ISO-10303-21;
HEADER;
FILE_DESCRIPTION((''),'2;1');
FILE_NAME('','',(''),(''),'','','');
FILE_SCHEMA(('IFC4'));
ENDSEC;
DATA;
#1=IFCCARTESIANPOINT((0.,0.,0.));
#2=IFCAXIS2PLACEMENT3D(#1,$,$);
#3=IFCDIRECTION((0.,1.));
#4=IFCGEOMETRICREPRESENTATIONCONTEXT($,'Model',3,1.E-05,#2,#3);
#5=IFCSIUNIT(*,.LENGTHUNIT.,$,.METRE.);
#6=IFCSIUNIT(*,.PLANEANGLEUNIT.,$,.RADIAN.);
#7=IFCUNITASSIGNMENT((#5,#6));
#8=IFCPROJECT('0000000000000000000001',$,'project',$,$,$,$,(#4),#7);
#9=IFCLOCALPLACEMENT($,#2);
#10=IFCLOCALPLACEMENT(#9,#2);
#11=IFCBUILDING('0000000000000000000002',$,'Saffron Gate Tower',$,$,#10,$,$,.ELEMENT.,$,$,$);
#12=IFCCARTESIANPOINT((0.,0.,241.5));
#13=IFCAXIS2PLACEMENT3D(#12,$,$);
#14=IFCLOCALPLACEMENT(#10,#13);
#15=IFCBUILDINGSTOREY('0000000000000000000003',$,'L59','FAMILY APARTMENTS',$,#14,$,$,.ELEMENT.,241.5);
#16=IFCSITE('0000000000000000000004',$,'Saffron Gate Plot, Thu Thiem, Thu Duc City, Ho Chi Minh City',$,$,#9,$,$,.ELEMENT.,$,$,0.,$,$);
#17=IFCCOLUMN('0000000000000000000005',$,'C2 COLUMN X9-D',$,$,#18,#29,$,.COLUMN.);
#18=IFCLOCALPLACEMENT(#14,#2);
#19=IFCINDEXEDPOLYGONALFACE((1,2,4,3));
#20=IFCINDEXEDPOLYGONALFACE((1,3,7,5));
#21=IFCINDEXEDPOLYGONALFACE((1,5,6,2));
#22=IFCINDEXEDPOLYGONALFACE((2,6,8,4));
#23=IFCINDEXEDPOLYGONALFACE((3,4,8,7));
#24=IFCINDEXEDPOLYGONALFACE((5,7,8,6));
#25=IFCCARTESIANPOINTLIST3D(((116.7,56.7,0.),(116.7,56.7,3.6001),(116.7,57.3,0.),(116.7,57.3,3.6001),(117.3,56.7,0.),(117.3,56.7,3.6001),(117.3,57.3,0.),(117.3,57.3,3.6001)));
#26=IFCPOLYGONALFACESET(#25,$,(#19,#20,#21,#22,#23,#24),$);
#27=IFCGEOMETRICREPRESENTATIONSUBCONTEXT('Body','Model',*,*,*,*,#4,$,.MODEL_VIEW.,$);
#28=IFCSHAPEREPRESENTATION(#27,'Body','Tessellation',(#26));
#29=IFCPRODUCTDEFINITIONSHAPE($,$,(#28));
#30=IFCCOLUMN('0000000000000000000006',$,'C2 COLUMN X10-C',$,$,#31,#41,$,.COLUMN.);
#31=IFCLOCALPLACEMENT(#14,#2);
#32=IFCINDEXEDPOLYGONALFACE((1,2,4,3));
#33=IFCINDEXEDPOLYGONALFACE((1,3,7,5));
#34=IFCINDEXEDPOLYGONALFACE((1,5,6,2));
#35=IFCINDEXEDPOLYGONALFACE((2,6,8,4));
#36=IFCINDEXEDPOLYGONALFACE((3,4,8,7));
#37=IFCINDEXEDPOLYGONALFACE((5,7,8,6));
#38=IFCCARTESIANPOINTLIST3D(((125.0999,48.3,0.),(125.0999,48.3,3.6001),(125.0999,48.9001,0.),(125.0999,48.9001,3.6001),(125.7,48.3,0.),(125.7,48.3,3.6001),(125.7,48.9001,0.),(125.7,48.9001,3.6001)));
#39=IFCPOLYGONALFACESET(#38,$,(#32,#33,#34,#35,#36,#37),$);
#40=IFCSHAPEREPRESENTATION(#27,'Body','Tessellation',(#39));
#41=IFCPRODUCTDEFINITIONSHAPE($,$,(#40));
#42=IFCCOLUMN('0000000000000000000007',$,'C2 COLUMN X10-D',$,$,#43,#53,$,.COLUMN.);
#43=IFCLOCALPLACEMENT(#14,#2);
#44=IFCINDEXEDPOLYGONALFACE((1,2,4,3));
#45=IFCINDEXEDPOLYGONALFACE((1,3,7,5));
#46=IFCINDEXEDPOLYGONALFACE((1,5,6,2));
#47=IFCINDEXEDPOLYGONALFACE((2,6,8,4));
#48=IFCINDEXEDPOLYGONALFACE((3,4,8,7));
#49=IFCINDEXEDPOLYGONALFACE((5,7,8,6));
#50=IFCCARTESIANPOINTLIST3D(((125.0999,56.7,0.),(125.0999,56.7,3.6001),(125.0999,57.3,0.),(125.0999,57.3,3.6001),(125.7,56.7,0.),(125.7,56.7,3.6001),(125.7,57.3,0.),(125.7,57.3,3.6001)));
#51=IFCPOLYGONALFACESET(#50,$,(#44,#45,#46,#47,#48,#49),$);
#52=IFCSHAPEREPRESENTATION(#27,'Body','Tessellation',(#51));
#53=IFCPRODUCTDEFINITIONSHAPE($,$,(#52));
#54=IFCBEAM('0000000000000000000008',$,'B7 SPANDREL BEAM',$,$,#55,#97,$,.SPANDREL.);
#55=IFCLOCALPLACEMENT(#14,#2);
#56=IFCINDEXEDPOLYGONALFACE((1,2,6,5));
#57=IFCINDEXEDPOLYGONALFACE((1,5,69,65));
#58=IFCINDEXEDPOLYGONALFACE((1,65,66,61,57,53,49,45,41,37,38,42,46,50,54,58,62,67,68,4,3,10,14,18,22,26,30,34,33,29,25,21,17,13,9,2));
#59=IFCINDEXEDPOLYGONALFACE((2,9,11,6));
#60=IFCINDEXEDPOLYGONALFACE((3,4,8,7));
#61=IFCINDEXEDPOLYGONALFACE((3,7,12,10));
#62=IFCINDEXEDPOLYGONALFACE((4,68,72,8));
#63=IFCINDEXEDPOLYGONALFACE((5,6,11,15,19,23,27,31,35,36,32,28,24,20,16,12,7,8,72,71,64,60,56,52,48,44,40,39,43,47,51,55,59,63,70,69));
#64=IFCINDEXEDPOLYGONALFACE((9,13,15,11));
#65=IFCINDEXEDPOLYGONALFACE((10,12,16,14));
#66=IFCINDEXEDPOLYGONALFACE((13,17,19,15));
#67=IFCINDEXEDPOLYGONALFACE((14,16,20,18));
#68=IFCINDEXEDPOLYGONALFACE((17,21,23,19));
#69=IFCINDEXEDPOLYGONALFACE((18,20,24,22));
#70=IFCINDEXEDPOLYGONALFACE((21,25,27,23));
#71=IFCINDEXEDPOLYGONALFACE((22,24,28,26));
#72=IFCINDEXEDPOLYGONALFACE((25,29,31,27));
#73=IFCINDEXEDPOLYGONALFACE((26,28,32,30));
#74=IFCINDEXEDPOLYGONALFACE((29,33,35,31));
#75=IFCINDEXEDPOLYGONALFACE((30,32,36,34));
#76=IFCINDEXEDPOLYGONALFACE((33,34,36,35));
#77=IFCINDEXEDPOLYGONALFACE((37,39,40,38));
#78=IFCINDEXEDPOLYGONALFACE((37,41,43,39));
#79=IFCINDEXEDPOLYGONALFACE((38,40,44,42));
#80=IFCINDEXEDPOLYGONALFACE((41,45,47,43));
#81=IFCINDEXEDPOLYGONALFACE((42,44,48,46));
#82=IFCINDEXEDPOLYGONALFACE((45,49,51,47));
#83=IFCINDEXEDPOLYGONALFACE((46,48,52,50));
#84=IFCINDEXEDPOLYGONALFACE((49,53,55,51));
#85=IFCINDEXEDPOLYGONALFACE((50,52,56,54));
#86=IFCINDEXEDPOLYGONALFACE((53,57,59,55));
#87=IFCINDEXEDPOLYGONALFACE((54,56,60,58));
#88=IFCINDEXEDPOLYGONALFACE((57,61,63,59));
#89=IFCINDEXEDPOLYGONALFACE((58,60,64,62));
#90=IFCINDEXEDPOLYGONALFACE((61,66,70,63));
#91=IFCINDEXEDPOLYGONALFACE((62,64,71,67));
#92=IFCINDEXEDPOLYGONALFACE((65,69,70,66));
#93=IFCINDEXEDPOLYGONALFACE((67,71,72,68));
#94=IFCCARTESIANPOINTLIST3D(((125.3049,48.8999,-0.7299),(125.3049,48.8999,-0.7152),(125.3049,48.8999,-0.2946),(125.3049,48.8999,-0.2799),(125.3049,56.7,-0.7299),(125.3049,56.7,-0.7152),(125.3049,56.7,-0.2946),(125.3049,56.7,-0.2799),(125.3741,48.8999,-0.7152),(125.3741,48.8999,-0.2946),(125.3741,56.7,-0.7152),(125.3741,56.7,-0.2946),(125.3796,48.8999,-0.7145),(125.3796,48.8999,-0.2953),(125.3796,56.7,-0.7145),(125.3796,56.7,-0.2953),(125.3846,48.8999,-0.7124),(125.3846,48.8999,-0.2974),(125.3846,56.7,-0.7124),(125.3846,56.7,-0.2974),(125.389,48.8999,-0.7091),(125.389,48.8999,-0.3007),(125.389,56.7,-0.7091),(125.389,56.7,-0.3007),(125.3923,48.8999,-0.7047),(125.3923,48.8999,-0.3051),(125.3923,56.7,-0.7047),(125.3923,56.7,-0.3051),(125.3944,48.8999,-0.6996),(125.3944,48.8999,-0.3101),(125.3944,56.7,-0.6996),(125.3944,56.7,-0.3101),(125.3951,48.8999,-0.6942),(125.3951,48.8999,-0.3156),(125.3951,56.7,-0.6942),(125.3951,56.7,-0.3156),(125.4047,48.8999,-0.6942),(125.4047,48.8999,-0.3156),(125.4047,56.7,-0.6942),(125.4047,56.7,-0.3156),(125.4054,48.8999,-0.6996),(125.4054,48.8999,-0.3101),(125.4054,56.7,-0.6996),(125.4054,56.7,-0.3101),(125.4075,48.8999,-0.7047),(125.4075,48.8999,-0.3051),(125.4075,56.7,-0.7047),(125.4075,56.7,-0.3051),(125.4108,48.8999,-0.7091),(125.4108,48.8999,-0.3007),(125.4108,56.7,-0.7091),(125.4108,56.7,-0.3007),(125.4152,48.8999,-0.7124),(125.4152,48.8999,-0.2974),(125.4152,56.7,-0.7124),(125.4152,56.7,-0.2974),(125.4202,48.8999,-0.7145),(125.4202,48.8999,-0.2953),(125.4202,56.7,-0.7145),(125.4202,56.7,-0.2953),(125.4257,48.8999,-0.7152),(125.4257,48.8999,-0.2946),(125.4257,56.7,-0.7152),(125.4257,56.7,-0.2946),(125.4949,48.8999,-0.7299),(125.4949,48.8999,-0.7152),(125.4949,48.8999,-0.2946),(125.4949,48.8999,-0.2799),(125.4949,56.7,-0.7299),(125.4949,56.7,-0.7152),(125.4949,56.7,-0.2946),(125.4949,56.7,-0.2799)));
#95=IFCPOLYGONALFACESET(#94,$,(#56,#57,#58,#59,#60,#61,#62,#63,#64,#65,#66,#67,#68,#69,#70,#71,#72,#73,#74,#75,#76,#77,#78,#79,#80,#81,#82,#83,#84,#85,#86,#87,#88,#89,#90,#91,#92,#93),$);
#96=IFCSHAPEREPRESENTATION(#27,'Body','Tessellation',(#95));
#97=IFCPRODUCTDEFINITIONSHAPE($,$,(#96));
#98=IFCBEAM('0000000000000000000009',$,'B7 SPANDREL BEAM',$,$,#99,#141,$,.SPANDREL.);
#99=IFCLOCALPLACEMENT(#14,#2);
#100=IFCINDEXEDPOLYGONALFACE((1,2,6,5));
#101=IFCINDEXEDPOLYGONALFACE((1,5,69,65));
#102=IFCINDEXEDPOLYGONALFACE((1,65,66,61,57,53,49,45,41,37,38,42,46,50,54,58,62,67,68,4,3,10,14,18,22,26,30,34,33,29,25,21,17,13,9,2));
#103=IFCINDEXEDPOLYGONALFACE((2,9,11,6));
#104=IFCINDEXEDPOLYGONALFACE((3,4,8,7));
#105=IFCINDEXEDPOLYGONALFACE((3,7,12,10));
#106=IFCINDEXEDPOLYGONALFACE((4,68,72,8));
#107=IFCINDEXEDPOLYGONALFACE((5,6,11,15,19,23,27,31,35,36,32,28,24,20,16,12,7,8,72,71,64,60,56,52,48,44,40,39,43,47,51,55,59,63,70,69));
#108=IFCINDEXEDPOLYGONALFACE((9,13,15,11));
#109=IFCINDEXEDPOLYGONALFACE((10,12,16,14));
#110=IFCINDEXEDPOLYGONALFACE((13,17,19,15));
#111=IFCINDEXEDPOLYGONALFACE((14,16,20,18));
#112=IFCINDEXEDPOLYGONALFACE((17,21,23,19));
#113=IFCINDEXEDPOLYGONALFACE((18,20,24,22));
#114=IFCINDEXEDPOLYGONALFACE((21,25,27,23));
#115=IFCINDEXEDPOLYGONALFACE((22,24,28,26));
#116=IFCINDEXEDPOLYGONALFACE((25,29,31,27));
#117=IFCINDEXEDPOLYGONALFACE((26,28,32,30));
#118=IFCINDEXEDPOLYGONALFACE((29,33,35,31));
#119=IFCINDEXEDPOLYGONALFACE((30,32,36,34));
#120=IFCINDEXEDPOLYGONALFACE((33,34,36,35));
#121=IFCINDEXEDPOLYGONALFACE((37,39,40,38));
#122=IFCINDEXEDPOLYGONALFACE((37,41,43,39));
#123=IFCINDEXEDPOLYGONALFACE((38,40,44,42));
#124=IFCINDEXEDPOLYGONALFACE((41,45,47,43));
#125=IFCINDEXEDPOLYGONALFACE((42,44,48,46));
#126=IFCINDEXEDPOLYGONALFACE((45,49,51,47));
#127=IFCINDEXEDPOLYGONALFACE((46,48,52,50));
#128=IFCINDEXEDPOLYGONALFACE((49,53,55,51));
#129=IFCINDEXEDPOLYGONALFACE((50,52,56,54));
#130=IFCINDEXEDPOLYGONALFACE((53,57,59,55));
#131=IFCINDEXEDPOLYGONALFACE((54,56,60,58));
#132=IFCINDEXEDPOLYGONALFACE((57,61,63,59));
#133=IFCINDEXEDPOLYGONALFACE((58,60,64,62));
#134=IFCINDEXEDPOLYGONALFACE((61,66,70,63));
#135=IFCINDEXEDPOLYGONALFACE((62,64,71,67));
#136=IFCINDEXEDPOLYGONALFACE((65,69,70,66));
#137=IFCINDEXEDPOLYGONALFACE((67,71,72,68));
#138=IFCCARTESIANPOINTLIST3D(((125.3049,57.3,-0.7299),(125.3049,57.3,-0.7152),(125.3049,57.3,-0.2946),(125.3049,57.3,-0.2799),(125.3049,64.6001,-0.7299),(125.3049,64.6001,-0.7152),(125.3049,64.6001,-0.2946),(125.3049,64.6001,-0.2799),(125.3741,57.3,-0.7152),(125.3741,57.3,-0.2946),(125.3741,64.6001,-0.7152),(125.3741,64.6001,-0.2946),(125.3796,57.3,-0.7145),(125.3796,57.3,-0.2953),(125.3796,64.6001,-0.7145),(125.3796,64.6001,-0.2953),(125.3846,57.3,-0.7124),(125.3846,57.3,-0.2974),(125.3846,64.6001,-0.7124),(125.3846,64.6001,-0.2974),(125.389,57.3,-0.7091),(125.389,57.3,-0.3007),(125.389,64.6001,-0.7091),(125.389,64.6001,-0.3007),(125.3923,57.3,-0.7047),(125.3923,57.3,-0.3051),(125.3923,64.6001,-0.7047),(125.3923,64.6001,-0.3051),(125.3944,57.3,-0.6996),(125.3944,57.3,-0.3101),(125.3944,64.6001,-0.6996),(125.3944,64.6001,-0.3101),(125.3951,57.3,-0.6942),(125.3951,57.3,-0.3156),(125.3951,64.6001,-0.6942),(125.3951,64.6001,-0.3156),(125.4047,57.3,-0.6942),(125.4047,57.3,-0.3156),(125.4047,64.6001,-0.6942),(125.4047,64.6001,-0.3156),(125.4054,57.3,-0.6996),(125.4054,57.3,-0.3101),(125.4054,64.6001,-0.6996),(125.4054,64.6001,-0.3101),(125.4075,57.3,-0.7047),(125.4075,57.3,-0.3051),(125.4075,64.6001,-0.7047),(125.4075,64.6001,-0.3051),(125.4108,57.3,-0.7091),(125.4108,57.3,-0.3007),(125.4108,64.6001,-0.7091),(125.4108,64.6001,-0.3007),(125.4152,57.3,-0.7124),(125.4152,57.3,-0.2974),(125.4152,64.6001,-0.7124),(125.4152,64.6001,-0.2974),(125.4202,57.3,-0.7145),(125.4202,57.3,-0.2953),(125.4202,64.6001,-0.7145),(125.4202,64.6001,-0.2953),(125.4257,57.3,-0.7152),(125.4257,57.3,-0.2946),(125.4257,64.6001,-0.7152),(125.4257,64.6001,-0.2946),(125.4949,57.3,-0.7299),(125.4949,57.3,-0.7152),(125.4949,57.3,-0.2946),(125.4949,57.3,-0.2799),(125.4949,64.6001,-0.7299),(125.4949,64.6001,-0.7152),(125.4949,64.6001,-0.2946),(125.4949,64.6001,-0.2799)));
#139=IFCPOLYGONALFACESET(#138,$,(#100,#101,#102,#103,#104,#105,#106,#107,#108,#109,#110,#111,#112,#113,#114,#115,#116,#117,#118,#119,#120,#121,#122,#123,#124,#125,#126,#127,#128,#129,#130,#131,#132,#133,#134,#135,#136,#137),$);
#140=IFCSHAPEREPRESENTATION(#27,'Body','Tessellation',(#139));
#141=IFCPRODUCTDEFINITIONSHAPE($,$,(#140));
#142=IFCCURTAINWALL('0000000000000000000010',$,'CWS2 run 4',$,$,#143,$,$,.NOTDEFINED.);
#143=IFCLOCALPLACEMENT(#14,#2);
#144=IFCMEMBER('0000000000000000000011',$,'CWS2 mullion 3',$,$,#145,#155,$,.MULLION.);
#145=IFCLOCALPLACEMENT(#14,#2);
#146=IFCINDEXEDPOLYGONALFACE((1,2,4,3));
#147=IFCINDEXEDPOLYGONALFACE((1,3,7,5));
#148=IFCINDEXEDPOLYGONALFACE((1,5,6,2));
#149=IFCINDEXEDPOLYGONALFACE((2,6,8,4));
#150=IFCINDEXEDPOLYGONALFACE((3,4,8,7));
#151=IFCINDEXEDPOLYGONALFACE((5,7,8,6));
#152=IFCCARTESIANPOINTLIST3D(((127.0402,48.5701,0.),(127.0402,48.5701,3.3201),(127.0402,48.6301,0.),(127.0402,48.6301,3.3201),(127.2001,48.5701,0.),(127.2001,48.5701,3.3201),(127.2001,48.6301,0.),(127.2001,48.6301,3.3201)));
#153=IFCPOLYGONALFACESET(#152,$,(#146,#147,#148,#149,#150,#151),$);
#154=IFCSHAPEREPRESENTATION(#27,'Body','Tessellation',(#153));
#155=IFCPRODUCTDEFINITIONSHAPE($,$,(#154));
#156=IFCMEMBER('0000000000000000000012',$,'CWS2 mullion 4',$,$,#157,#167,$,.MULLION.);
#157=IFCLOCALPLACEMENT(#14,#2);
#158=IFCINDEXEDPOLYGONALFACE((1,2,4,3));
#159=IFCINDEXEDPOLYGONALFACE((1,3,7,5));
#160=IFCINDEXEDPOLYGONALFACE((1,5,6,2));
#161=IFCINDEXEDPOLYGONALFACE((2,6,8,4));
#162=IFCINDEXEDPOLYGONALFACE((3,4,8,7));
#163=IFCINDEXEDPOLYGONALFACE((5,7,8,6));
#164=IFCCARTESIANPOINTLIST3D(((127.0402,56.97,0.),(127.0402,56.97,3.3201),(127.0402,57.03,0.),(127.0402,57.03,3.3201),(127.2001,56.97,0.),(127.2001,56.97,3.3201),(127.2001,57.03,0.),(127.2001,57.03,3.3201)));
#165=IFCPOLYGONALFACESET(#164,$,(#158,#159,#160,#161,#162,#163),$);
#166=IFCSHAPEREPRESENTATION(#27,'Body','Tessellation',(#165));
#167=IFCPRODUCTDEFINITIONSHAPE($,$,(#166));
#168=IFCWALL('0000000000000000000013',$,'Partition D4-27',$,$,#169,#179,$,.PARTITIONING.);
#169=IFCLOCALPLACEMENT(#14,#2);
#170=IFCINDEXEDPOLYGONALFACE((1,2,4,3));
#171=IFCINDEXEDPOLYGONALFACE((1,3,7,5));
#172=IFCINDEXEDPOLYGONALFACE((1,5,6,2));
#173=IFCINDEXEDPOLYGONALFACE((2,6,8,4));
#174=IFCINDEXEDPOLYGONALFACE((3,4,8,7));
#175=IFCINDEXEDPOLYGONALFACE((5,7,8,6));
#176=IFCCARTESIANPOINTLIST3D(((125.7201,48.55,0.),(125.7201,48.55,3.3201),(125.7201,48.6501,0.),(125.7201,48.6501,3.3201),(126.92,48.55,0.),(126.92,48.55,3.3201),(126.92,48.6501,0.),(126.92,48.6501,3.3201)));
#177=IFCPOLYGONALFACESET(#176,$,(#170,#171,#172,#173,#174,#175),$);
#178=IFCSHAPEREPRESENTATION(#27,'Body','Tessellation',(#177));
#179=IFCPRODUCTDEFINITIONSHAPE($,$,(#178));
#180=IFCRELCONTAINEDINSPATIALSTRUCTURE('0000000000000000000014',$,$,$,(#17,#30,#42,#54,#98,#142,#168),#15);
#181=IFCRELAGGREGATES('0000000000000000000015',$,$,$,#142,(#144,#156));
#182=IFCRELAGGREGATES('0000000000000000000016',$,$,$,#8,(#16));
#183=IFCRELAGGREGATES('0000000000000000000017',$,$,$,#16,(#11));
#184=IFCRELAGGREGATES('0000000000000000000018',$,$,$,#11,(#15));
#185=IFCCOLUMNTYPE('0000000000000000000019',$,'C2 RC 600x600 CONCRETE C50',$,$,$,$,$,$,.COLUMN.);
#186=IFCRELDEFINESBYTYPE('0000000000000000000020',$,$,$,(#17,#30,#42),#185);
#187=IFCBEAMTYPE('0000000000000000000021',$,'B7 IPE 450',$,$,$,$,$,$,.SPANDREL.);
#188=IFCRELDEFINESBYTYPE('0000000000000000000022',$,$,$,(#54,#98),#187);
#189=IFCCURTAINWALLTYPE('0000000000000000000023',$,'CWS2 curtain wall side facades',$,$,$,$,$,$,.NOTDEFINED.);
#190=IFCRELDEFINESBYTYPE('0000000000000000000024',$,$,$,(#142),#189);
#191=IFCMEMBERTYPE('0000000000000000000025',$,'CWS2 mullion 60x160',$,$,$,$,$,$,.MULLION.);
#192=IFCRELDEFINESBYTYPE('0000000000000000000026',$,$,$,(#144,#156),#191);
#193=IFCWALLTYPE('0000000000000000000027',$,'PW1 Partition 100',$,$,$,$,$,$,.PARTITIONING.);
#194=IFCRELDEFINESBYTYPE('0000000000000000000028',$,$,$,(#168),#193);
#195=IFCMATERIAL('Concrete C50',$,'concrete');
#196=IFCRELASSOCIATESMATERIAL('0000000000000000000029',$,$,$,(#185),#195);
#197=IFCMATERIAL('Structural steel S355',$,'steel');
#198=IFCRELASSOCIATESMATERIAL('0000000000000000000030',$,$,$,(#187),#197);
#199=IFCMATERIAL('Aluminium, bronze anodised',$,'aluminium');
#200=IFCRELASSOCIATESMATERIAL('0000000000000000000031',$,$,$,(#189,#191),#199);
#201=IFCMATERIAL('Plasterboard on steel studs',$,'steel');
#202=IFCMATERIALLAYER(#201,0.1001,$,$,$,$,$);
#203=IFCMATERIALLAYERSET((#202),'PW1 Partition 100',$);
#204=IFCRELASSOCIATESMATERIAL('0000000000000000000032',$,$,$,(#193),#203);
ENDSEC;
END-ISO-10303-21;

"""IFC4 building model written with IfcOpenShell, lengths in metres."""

from ifc_helpers import new_model, si_unit, direction, frame, frame_2d, origin, origin_2d, place, context, subcontext, project, spatial, rectangle, i_section, extrude, material, layer, layer_set, material_profile, profile_set, type_object, element, aggregate, save


model = new_model("IFC4")

# Units and contexts
model_context = context("Model", 3, precision=1e-05, world=origin(), true_north=direction((0.0, 1.0)))
body_context = subcontext(model_context, "Body", "Model", "MODEL_VIEW")
ifc_project = project(units=[si_unit("LENGTHUNIT", "METRE"), si_unit("PLANEANGLEUNIT", "RADIAN")], contexts=[model_context])

# Site, building, storey
site_placement = place(None, origin())
site = spatial("IfcSite", under=ifc_project, at=site_placement, Name="Saffron Gate Plot, Thu Thiem, Thu Duc City, Ho Chi Minh City", CompositionType="ELEMENT", RefElevation=0.0)
building_placement = place(site_placement, origin())
building = spatial("IfcBuilding", under=site, at=building_placement, Name="Saffron Gate Tower", CompositionType="ELEMENT")
storey_placement = place(building_placement, frame((0.0, 0.0, 241.5)))
storey = spatial("IfcBuildingStorey", under=building, at=storey_placement, Name="L59", Description="FAMILY APARTMENTS", CompositionType="ELEMENT", Elevation=241.5)

# Columns
ifc_material_1 = material(Name="Concrete C50", Category="concrete")
ifc_material_profile_1 = material_profile(ifc_material_1, rectangle(XDim=0.6001, YDim=0.6001, at=origin_2d()))
ifc_profile_set_1 = profile_set([ifc_material_profile_1], Name="Concrete C50")
column_type = type_object("IfcColumnType", Name="C2 RC 600x600 CONCRETE C50", PredefinedType="COLUMN", material=ifc_profile_set_1)
for number, where, z_axis, x_axis, name in (
    (1, (117.0, 57.0, 0.0), (0.0, 0.0, 1.0), (1.0, 0.0, 0.0), "C2 COLUMN X9-D"),
    (2, (125.3999, 48.6001, 0.0), (0.0, 0.0, 1.0), (1.0, 0.0, 0.0), "C2 COLUMN X10-C"),
    (3, (125.3999, 57.0, 0.0), (0.0, 0.0, 1.0), (1.0, 0.0, 0.0), "C2 COLUMN X10-D"),
):
    element("IfcColumn", number, at=place(storey_placement, frame(where, z_axis=z_axis, x_axis=x_axis)), inside=storey, type_object=column_type, Name=name, PredefinedType="COLUMN", context=body_context, shape_type="SweptSolid", body=[
        extrude(rectangle(XDim=0.6001, YDim=0.6001, at=origin_2d()), origin(), (0.0, 0.0, 1.0), 3.6001),
    ])

# Beams
ifc_material_2 = material(Name="Structural steel S355", Category="steel")
ifc_material_profile_2 = material_profile(ifc_material_2, i_section(OverallWidth=0.1899, OverallDepth=0.45, WebThickness=0.0095, FlangeThickness=0.0146, FilletRadius=0.021, at=origin_2d()))
ifc_profile_set_2 = profile_set([ifc_material_profile_2], Name="Structural steel S355")
beam_type = type_object("IfcBeamType", Name="B7 IPE 450", PredefinedType="SPANDREL", material=ifc_profile_set_2)
beam_1_placement = place(storey_placement, frame((125.3999, 48.8999, -0.5049), z_axis=(0.0, 1.0, 0.0), x_axis=(-1.0, 0.0, 0.0)))
element("IfcBeam", 4, at=beam_1_placement, inside=storey, type_object=beam_type, Name="B7 SPANDREL BEAM", PredefinedType="SPANDREL", context=body_context, shape_type="SweptSolid", body=[
    extrude(i_section(OverallWidth=0.1899, OverallDepth=0.45, WebThickness=0.0095, FlangeThickness=0.0146, FilletRadius=0.021, at=origin_2d()), origin(), (0.0, 0.0, 1.0), 7.8),
])
beam_2_placement = place(storey_placement, frame((125.3999, 57.3, -0.5049), z_axis=(0.0, 1.0, 0.0), x_axis=(-1.0, 0.0, 0.0)))
element("IfcBeam", 5, at=beam_2_placement, inside=storey, type_object=beam_type, Name="B7 SPANDREL BEAM", PredefinedType="SPANDREL", context=body_context, shape_type="SweptSolid", body=[
    extrude(i_section(OverallWidth=0.1899, OverallDepth=0.45, WebThickness=0.0095, FlangeThickness=0.0146, FilletRadius=0.021, at=origin_2d()), origin(), (0.0, 0.0, 1.0), 7.3),
])

# Curtain wall, members
ifc_material_3 = material(Name="Aluminium, bronze anodised", Category="aluminium")
curtain_wall_type = type_object("IfcCurtainWallType", Name="CWS2 curtain wall side facades", PredefinedType="NOTDEFINED", material=ifc_material_3)
curtain_wall_placement = place(storey_placement, origin())
curtain_wall = element("IfcCurtainWall", 6, at=curtain_wall_placement, inside=storey, type_object=curtain_wall_type, Name="CWS2 run 4", PredefinedType="NOTDEFINED")
ifc_material_profile_3 = material_profile(ifc_material_3, rectangle(XDim=0.1599, YDim=0.0601, at=origin_2d()))
ifc_profile_set_3 = profile_set([ifc_material_profile_3], Name="Aluminium, bronze anodised")
member_type = type_object("IfcMemberType", Name="CWS2 mullion 60x160", PredefinedType="MULLION", material=ifc_profile_set_3)
member_1_placement = place(storey_placement, frame((127.1201, 48.6001, 0.0), z_axis=(0.0, 0.0, 1.0), x_axis=(-1.0, 0.0, 0.0)))
member_1 = element("IfcMember", 7, at=member_1_placement, type_object=member_type, Name="CWS2 mullion 3", PredefinedType="MULLION", context=body_context, shape_type="SweptSolid", body=[
    extrude(rectangle(XDim=0.1599, YDim=0.0601, at=origin_2d()), origin(), (0.0, 0.0, 1.0), 3.3201),
])
member_2_placement = place(storey_placement, frame((127.1201, 57.0, 0.0), z_axis=(0.0, 0.0, 1.0), x_axis=(-1.0, 0.0, 0.0)))
member_2 = element("IfcMember", 8, at=member_2_placement, type_object=member_type, Name="CWS2 mullion 4", PredefinedType="MULLION", context=body_context, shape_type="SweptSolid", body=[
    extrude(rectangle(XDim=0.1599, YDim=0.0601, at=origin_2d()), origin(), (0.0, 0.0, 1.0), 3.3201),
])
aggregate(curtain_wall, [member_1, member_2])

# Wall
ifc_material_4 = material(Name="Plasterboard on steel studs", Category="steel")
ifc_layer_1 = layer(ifc_material_4, 0.1001)
ifc_layer_set_1 = layer_set([ifc_layer_1], Name="PW1 Partition 100")
wall_type_1 = type_object("IfcWallType", Name="PW1 Partition 100", PredefinedType="PARTITIONING", material=ifc_layer_set_1)
wall_1_placement = place(storey_placement, frame((125.72, 48.6001, 0.0), z_axis=(0.0, 0.0, 1.0), x_axis=(1.0, 0.0, 0.0)))
element("IfcWall", 9, at=wall_1_placement, inside=storey, type_object=wall_type_1, Name="Partition D4-27", PredefinedType="PARTITIONING", context=body_context, shape_type="SweptSolid", body=[
    extrude(rectangle(XDim=1.2, YDim=0.1001, at=frame_2d((0.6001, 0.0))), origin(), (0.0, 0.0, 1.0), 3.3201),
])

save(model, "model.ifc")
